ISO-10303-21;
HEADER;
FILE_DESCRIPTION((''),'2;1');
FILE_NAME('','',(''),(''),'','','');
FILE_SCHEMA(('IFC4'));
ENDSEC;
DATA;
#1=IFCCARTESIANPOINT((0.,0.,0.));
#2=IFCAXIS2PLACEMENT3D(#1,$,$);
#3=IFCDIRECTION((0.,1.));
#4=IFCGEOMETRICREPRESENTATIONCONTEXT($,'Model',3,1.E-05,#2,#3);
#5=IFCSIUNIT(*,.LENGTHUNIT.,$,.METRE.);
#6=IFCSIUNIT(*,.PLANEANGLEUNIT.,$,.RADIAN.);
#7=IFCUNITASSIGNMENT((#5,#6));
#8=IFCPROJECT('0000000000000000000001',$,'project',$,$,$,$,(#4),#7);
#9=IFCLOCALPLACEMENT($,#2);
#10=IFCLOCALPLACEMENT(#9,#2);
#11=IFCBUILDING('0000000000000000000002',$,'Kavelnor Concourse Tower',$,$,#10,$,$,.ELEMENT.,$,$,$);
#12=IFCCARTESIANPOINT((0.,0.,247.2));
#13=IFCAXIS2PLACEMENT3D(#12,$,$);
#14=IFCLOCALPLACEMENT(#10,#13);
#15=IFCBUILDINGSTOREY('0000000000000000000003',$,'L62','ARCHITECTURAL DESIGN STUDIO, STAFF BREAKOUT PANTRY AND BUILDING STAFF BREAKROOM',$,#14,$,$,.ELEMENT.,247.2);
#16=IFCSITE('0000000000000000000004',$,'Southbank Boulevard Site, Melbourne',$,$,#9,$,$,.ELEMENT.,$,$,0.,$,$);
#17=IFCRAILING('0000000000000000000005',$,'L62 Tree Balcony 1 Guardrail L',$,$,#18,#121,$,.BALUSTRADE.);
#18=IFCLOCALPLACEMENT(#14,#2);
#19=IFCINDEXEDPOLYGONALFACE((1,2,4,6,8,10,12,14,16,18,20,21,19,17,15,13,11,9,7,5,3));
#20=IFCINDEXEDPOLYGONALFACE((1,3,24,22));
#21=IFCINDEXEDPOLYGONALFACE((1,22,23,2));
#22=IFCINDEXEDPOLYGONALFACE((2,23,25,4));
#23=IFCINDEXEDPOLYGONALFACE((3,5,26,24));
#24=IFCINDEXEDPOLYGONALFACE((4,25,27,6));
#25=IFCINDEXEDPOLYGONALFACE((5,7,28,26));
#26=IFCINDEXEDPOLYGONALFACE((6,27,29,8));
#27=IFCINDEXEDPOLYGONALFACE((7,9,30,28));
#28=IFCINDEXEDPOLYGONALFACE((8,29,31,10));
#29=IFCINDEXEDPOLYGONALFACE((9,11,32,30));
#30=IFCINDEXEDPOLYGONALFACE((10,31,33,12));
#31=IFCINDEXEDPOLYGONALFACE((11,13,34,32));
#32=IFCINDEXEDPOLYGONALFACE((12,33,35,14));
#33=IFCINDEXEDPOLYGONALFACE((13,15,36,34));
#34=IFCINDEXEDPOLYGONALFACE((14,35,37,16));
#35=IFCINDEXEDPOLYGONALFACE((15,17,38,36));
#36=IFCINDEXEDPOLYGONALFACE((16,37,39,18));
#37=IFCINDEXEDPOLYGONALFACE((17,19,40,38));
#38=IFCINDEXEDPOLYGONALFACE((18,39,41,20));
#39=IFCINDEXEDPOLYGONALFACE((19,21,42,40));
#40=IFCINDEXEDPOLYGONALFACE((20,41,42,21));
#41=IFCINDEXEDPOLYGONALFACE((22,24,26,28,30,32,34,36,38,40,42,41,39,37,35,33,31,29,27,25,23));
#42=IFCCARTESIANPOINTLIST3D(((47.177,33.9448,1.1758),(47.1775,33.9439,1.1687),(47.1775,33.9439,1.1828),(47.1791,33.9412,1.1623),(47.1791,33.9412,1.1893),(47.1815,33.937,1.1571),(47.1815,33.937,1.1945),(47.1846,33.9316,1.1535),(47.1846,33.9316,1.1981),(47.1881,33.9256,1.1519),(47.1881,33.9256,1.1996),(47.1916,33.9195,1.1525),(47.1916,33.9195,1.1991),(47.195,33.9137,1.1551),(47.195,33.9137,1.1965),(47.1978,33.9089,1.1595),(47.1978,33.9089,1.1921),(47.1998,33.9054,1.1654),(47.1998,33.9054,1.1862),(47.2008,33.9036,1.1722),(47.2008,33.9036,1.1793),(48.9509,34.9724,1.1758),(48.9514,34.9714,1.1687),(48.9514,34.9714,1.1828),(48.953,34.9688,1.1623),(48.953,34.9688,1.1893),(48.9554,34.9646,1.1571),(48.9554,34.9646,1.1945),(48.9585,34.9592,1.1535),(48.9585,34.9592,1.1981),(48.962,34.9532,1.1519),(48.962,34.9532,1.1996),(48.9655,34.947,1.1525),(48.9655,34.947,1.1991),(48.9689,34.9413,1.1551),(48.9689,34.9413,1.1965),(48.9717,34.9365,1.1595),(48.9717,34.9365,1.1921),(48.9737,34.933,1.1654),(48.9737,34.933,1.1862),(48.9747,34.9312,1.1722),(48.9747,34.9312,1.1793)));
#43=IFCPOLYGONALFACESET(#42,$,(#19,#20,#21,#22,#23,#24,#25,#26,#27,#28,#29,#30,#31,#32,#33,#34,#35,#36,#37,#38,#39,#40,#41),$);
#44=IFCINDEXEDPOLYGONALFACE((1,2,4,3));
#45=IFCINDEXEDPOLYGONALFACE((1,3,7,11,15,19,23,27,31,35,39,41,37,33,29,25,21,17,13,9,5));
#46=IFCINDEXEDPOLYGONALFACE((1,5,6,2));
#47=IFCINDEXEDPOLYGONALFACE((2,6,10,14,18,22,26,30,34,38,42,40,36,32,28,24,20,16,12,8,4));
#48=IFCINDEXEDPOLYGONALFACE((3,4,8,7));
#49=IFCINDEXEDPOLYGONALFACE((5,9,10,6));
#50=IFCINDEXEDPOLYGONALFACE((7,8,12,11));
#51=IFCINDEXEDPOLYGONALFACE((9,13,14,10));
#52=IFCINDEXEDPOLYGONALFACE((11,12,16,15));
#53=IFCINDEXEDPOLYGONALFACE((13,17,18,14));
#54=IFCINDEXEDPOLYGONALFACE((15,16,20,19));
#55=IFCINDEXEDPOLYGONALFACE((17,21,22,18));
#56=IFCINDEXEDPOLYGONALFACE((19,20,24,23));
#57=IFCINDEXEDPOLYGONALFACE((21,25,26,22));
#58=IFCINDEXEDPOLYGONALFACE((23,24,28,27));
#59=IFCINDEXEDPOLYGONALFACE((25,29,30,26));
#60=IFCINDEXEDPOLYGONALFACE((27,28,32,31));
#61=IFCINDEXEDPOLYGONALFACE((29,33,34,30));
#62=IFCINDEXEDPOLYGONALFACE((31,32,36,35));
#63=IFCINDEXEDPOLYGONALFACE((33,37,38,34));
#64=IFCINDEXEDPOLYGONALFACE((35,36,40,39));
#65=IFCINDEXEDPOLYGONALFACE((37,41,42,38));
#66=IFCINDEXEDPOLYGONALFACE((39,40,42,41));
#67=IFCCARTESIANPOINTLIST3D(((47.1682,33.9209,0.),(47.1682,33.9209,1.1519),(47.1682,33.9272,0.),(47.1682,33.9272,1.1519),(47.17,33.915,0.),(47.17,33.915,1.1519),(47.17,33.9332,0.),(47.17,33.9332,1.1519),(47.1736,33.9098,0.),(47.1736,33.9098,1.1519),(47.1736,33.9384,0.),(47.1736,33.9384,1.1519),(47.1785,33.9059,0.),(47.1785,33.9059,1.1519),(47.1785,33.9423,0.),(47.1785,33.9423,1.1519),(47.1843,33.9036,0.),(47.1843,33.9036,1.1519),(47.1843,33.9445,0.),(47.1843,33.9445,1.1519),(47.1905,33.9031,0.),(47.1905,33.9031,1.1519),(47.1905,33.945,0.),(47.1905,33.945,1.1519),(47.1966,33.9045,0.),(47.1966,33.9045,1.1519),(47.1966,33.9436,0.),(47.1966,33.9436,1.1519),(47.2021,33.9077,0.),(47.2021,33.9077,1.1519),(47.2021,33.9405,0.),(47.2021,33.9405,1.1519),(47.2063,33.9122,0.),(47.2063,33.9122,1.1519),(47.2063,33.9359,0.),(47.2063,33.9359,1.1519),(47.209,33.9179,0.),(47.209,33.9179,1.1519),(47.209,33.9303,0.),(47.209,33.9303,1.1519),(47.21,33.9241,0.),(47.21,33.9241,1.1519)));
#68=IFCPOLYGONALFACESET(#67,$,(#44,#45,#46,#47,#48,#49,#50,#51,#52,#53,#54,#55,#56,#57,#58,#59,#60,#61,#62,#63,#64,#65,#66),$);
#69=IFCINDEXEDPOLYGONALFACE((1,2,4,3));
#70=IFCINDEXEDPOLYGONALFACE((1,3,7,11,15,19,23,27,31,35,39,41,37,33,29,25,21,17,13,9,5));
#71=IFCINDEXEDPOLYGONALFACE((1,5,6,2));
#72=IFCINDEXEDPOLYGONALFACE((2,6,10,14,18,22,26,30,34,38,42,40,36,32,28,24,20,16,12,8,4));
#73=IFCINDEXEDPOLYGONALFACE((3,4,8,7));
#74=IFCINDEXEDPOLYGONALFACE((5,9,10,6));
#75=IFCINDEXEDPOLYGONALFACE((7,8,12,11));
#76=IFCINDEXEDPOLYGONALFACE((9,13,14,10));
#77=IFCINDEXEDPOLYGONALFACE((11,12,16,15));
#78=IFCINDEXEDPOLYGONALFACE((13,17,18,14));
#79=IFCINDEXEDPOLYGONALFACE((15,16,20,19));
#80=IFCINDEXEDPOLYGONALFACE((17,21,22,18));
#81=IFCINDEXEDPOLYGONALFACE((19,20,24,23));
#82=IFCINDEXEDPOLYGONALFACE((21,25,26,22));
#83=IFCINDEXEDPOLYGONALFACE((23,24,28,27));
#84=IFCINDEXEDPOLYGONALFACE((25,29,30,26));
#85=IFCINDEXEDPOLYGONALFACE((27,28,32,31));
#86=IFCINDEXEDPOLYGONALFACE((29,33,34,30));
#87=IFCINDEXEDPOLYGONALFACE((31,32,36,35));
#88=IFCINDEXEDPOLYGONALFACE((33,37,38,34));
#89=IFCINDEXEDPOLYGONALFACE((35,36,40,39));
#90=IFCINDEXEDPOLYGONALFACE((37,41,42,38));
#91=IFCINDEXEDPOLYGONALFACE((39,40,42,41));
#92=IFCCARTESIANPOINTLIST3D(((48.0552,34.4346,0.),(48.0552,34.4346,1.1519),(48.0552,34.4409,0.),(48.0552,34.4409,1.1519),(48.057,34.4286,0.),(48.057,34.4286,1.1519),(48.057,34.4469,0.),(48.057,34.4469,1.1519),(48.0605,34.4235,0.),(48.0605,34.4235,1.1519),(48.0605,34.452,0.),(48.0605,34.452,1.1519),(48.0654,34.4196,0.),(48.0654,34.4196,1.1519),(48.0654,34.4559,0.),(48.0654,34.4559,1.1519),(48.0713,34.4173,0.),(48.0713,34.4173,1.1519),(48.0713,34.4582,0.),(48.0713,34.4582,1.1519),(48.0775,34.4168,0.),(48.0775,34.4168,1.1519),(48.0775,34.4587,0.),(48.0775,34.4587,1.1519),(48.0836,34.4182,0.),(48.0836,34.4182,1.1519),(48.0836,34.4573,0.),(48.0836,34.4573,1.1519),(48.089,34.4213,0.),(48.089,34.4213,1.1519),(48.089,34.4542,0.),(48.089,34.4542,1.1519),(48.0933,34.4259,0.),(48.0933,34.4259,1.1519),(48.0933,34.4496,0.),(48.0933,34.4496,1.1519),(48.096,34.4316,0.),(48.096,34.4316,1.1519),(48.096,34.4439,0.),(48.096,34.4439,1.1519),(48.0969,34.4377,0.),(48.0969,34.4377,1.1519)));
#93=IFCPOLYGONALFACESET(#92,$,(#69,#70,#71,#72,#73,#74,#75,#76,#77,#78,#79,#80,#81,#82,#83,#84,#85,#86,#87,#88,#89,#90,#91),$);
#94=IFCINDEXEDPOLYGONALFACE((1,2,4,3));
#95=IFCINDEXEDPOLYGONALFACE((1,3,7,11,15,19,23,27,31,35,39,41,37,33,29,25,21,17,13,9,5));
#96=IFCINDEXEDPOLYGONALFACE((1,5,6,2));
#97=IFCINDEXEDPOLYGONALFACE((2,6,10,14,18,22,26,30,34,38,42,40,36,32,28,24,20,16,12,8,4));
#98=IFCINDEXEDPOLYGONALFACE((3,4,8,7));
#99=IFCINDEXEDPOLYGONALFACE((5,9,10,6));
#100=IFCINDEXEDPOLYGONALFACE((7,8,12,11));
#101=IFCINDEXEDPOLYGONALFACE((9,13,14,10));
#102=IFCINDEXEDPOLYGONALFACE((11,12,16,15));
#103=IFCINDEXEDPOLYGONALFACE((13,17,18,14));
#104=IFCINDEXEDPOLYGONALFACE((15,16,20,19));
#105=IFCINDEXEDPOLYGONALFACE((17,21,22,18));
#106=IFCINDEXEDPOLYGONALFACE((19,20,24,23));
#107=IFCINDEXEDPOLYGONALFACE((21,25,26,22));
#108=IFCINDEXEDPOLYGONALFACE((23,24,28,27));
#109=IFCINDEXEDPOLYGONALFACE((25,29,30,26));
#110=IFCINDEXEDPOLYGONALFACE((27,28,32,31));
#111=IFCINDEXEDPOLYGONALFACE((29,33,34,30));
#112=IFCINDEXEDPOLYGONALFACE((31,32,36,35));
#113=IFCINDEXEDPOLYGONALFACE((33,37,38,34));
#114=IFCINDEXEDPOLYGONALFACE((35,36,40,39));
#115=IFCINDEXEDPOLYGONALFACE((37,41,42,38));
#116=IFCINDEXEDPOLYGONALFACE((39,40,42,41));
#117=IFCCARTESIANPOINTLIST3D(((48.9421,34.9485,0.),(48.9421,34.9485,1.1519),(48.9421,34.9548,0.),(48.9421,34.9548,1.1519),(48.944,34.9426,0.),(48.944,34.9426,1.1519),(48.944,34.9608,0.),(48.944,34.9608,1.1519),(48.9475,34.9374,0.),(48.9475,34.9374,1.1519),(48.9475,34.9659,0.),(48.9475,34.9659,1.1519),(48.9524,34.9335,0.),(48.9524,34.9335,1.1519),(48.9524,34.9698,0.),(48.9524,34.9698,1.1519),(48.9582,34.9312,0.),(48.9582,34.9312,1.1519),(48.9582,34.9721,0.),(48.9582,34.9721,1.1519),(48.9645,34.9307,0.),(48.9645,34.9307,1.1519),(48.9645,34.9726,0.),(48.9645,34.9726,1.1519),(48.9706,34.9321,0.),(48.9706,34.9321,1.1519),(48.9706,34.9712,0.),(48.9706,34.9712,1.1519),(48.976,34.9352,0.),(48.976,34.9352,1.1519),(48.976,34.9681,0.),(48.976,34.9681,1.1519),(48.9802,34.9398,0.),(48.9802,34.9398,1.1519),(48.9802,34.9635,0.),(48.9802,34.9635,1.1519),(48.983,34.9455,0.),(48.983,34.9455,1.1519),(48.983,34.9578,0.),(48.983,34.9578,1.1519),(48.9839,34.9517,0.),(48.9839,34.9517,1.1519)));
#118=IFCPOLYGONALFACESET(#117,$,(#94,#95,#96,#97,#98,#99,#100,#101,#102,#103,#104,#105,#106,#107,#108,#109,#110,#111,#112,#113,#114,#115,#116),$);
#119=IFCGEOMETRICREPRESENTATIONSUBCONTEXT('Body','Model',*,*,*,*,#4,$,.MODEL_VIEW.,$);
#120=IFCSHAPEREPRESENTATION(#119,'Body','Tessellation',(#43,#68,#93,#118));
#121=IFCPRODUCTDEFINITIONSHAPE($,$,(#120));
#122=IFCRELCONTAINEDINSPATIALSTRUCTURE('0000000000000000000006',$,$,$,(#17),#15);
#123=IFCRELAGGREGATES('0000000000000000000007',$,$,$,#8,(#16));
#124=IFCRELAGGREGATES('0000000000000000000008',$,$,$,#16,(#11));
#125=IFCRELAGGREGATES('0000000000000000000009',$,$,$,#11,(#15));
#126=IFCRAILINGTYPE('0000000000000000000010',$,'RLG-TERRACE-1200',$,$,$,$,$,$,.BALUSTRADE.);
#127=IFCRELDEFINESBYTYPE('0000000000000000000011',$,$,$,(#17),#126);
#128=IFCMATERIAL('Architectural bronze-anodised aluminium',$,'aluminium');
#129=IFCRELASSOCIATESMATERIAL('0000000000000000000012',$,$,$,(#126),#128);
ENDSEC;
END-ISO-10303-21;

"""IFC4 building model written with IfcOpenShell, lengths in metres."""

from ifc_helpers import new_model, si_unit, direction, frame, origin, origin_2d, place, context, subcontext, project, spatial, circle, extrude, material, type_object, element, save


model = new_model("IFC4")

# Units and contexts
model_context = context("Model", 3, precision=1e-05, world=origin(), true_north=direction((0.0, 1.0)))
body_context = subcontext(model_context, "Body", "Model", "MODEL_VIEW")
ifc_project = project(units=[si_unit("LENGTHUNIT", "METRE"), si_unit("PLANEANGLEUNIT", "RADIAN")], contexts=[model_context])

# Site, building, storey
site_placement = place(None, origin())
site = spatial("IfcSite", under=ifc_project, at=site_placement, Name="Southbank Boulevard Site, Melbourne", CompositionType="ELEMENT", RefElevation=0.0)
building_placement = place(site_placement, origin())
building = spatial("IfcBuilding", under=site, at=building_placement, Name="Kavelnor Concourse Tower", CompositionType="ELEMENT")
storey_placement = place(building_placement, frame((0.0, 0.0, 247.2)))
storey = spatial("IfcBuildingStorey", under=building, at=storey_placement, Name="L62", Description="ARCHITECTURAL DESIGN STUDIO, STAFF BREAKOUT PANTRY AND BUILDING STAFF BREAKROOM", CompositionType="ELEMENT", Elevation=247.2)

# Railing
ifc_material_1 = material(Name="Architectural bronze-anodised aluminium", Category="aluminium")
railing_type = type_object("IfcRailingType", Name="RLG-TERRACE-1200", PredefinedType="BALUSTRADE", material=ifc_material_1)
railing_1_placement = place(storey_placement, frame((47.189, 33.9241, 0.0)))
element("IfcRailing", 1, at=railing_1_placement, inside=storey, type_object=railing_type, Name="L62 Tree Balcony 1 Guardrail L", PredefinedType="BALUSTRADE", context=body_context, shape_type="SweptSolid", body=[
    extrude(circle(Radius=0.0239, at=origin_2d()), frame((0.0, 0.0, 1.1758), z_axis=(0.865304, 0.501248, 0.0), x_axis=(-0.501248, 0.865304, 0.0)), (0.0, 0.0, 1.0), 2.05),
    extrude(circle(Radius=0.021, at=origin_2d()), origin(), (0.0, 0.0, 1.0), 1.1519),
    extrude(circle(Radius=0.021, at=origin_2d()), frame((0.887, 0.5137, 0.0)), (0.0, 0.0, 1.0), 1.1519),
    extrude(circle(Radius=0.021, at=origin_2d()), frame((1.7739, 1.0276, 0.0)), (0.0, 0.0, 1.0), 1.1519),
])

save(model, "model.ifc")
